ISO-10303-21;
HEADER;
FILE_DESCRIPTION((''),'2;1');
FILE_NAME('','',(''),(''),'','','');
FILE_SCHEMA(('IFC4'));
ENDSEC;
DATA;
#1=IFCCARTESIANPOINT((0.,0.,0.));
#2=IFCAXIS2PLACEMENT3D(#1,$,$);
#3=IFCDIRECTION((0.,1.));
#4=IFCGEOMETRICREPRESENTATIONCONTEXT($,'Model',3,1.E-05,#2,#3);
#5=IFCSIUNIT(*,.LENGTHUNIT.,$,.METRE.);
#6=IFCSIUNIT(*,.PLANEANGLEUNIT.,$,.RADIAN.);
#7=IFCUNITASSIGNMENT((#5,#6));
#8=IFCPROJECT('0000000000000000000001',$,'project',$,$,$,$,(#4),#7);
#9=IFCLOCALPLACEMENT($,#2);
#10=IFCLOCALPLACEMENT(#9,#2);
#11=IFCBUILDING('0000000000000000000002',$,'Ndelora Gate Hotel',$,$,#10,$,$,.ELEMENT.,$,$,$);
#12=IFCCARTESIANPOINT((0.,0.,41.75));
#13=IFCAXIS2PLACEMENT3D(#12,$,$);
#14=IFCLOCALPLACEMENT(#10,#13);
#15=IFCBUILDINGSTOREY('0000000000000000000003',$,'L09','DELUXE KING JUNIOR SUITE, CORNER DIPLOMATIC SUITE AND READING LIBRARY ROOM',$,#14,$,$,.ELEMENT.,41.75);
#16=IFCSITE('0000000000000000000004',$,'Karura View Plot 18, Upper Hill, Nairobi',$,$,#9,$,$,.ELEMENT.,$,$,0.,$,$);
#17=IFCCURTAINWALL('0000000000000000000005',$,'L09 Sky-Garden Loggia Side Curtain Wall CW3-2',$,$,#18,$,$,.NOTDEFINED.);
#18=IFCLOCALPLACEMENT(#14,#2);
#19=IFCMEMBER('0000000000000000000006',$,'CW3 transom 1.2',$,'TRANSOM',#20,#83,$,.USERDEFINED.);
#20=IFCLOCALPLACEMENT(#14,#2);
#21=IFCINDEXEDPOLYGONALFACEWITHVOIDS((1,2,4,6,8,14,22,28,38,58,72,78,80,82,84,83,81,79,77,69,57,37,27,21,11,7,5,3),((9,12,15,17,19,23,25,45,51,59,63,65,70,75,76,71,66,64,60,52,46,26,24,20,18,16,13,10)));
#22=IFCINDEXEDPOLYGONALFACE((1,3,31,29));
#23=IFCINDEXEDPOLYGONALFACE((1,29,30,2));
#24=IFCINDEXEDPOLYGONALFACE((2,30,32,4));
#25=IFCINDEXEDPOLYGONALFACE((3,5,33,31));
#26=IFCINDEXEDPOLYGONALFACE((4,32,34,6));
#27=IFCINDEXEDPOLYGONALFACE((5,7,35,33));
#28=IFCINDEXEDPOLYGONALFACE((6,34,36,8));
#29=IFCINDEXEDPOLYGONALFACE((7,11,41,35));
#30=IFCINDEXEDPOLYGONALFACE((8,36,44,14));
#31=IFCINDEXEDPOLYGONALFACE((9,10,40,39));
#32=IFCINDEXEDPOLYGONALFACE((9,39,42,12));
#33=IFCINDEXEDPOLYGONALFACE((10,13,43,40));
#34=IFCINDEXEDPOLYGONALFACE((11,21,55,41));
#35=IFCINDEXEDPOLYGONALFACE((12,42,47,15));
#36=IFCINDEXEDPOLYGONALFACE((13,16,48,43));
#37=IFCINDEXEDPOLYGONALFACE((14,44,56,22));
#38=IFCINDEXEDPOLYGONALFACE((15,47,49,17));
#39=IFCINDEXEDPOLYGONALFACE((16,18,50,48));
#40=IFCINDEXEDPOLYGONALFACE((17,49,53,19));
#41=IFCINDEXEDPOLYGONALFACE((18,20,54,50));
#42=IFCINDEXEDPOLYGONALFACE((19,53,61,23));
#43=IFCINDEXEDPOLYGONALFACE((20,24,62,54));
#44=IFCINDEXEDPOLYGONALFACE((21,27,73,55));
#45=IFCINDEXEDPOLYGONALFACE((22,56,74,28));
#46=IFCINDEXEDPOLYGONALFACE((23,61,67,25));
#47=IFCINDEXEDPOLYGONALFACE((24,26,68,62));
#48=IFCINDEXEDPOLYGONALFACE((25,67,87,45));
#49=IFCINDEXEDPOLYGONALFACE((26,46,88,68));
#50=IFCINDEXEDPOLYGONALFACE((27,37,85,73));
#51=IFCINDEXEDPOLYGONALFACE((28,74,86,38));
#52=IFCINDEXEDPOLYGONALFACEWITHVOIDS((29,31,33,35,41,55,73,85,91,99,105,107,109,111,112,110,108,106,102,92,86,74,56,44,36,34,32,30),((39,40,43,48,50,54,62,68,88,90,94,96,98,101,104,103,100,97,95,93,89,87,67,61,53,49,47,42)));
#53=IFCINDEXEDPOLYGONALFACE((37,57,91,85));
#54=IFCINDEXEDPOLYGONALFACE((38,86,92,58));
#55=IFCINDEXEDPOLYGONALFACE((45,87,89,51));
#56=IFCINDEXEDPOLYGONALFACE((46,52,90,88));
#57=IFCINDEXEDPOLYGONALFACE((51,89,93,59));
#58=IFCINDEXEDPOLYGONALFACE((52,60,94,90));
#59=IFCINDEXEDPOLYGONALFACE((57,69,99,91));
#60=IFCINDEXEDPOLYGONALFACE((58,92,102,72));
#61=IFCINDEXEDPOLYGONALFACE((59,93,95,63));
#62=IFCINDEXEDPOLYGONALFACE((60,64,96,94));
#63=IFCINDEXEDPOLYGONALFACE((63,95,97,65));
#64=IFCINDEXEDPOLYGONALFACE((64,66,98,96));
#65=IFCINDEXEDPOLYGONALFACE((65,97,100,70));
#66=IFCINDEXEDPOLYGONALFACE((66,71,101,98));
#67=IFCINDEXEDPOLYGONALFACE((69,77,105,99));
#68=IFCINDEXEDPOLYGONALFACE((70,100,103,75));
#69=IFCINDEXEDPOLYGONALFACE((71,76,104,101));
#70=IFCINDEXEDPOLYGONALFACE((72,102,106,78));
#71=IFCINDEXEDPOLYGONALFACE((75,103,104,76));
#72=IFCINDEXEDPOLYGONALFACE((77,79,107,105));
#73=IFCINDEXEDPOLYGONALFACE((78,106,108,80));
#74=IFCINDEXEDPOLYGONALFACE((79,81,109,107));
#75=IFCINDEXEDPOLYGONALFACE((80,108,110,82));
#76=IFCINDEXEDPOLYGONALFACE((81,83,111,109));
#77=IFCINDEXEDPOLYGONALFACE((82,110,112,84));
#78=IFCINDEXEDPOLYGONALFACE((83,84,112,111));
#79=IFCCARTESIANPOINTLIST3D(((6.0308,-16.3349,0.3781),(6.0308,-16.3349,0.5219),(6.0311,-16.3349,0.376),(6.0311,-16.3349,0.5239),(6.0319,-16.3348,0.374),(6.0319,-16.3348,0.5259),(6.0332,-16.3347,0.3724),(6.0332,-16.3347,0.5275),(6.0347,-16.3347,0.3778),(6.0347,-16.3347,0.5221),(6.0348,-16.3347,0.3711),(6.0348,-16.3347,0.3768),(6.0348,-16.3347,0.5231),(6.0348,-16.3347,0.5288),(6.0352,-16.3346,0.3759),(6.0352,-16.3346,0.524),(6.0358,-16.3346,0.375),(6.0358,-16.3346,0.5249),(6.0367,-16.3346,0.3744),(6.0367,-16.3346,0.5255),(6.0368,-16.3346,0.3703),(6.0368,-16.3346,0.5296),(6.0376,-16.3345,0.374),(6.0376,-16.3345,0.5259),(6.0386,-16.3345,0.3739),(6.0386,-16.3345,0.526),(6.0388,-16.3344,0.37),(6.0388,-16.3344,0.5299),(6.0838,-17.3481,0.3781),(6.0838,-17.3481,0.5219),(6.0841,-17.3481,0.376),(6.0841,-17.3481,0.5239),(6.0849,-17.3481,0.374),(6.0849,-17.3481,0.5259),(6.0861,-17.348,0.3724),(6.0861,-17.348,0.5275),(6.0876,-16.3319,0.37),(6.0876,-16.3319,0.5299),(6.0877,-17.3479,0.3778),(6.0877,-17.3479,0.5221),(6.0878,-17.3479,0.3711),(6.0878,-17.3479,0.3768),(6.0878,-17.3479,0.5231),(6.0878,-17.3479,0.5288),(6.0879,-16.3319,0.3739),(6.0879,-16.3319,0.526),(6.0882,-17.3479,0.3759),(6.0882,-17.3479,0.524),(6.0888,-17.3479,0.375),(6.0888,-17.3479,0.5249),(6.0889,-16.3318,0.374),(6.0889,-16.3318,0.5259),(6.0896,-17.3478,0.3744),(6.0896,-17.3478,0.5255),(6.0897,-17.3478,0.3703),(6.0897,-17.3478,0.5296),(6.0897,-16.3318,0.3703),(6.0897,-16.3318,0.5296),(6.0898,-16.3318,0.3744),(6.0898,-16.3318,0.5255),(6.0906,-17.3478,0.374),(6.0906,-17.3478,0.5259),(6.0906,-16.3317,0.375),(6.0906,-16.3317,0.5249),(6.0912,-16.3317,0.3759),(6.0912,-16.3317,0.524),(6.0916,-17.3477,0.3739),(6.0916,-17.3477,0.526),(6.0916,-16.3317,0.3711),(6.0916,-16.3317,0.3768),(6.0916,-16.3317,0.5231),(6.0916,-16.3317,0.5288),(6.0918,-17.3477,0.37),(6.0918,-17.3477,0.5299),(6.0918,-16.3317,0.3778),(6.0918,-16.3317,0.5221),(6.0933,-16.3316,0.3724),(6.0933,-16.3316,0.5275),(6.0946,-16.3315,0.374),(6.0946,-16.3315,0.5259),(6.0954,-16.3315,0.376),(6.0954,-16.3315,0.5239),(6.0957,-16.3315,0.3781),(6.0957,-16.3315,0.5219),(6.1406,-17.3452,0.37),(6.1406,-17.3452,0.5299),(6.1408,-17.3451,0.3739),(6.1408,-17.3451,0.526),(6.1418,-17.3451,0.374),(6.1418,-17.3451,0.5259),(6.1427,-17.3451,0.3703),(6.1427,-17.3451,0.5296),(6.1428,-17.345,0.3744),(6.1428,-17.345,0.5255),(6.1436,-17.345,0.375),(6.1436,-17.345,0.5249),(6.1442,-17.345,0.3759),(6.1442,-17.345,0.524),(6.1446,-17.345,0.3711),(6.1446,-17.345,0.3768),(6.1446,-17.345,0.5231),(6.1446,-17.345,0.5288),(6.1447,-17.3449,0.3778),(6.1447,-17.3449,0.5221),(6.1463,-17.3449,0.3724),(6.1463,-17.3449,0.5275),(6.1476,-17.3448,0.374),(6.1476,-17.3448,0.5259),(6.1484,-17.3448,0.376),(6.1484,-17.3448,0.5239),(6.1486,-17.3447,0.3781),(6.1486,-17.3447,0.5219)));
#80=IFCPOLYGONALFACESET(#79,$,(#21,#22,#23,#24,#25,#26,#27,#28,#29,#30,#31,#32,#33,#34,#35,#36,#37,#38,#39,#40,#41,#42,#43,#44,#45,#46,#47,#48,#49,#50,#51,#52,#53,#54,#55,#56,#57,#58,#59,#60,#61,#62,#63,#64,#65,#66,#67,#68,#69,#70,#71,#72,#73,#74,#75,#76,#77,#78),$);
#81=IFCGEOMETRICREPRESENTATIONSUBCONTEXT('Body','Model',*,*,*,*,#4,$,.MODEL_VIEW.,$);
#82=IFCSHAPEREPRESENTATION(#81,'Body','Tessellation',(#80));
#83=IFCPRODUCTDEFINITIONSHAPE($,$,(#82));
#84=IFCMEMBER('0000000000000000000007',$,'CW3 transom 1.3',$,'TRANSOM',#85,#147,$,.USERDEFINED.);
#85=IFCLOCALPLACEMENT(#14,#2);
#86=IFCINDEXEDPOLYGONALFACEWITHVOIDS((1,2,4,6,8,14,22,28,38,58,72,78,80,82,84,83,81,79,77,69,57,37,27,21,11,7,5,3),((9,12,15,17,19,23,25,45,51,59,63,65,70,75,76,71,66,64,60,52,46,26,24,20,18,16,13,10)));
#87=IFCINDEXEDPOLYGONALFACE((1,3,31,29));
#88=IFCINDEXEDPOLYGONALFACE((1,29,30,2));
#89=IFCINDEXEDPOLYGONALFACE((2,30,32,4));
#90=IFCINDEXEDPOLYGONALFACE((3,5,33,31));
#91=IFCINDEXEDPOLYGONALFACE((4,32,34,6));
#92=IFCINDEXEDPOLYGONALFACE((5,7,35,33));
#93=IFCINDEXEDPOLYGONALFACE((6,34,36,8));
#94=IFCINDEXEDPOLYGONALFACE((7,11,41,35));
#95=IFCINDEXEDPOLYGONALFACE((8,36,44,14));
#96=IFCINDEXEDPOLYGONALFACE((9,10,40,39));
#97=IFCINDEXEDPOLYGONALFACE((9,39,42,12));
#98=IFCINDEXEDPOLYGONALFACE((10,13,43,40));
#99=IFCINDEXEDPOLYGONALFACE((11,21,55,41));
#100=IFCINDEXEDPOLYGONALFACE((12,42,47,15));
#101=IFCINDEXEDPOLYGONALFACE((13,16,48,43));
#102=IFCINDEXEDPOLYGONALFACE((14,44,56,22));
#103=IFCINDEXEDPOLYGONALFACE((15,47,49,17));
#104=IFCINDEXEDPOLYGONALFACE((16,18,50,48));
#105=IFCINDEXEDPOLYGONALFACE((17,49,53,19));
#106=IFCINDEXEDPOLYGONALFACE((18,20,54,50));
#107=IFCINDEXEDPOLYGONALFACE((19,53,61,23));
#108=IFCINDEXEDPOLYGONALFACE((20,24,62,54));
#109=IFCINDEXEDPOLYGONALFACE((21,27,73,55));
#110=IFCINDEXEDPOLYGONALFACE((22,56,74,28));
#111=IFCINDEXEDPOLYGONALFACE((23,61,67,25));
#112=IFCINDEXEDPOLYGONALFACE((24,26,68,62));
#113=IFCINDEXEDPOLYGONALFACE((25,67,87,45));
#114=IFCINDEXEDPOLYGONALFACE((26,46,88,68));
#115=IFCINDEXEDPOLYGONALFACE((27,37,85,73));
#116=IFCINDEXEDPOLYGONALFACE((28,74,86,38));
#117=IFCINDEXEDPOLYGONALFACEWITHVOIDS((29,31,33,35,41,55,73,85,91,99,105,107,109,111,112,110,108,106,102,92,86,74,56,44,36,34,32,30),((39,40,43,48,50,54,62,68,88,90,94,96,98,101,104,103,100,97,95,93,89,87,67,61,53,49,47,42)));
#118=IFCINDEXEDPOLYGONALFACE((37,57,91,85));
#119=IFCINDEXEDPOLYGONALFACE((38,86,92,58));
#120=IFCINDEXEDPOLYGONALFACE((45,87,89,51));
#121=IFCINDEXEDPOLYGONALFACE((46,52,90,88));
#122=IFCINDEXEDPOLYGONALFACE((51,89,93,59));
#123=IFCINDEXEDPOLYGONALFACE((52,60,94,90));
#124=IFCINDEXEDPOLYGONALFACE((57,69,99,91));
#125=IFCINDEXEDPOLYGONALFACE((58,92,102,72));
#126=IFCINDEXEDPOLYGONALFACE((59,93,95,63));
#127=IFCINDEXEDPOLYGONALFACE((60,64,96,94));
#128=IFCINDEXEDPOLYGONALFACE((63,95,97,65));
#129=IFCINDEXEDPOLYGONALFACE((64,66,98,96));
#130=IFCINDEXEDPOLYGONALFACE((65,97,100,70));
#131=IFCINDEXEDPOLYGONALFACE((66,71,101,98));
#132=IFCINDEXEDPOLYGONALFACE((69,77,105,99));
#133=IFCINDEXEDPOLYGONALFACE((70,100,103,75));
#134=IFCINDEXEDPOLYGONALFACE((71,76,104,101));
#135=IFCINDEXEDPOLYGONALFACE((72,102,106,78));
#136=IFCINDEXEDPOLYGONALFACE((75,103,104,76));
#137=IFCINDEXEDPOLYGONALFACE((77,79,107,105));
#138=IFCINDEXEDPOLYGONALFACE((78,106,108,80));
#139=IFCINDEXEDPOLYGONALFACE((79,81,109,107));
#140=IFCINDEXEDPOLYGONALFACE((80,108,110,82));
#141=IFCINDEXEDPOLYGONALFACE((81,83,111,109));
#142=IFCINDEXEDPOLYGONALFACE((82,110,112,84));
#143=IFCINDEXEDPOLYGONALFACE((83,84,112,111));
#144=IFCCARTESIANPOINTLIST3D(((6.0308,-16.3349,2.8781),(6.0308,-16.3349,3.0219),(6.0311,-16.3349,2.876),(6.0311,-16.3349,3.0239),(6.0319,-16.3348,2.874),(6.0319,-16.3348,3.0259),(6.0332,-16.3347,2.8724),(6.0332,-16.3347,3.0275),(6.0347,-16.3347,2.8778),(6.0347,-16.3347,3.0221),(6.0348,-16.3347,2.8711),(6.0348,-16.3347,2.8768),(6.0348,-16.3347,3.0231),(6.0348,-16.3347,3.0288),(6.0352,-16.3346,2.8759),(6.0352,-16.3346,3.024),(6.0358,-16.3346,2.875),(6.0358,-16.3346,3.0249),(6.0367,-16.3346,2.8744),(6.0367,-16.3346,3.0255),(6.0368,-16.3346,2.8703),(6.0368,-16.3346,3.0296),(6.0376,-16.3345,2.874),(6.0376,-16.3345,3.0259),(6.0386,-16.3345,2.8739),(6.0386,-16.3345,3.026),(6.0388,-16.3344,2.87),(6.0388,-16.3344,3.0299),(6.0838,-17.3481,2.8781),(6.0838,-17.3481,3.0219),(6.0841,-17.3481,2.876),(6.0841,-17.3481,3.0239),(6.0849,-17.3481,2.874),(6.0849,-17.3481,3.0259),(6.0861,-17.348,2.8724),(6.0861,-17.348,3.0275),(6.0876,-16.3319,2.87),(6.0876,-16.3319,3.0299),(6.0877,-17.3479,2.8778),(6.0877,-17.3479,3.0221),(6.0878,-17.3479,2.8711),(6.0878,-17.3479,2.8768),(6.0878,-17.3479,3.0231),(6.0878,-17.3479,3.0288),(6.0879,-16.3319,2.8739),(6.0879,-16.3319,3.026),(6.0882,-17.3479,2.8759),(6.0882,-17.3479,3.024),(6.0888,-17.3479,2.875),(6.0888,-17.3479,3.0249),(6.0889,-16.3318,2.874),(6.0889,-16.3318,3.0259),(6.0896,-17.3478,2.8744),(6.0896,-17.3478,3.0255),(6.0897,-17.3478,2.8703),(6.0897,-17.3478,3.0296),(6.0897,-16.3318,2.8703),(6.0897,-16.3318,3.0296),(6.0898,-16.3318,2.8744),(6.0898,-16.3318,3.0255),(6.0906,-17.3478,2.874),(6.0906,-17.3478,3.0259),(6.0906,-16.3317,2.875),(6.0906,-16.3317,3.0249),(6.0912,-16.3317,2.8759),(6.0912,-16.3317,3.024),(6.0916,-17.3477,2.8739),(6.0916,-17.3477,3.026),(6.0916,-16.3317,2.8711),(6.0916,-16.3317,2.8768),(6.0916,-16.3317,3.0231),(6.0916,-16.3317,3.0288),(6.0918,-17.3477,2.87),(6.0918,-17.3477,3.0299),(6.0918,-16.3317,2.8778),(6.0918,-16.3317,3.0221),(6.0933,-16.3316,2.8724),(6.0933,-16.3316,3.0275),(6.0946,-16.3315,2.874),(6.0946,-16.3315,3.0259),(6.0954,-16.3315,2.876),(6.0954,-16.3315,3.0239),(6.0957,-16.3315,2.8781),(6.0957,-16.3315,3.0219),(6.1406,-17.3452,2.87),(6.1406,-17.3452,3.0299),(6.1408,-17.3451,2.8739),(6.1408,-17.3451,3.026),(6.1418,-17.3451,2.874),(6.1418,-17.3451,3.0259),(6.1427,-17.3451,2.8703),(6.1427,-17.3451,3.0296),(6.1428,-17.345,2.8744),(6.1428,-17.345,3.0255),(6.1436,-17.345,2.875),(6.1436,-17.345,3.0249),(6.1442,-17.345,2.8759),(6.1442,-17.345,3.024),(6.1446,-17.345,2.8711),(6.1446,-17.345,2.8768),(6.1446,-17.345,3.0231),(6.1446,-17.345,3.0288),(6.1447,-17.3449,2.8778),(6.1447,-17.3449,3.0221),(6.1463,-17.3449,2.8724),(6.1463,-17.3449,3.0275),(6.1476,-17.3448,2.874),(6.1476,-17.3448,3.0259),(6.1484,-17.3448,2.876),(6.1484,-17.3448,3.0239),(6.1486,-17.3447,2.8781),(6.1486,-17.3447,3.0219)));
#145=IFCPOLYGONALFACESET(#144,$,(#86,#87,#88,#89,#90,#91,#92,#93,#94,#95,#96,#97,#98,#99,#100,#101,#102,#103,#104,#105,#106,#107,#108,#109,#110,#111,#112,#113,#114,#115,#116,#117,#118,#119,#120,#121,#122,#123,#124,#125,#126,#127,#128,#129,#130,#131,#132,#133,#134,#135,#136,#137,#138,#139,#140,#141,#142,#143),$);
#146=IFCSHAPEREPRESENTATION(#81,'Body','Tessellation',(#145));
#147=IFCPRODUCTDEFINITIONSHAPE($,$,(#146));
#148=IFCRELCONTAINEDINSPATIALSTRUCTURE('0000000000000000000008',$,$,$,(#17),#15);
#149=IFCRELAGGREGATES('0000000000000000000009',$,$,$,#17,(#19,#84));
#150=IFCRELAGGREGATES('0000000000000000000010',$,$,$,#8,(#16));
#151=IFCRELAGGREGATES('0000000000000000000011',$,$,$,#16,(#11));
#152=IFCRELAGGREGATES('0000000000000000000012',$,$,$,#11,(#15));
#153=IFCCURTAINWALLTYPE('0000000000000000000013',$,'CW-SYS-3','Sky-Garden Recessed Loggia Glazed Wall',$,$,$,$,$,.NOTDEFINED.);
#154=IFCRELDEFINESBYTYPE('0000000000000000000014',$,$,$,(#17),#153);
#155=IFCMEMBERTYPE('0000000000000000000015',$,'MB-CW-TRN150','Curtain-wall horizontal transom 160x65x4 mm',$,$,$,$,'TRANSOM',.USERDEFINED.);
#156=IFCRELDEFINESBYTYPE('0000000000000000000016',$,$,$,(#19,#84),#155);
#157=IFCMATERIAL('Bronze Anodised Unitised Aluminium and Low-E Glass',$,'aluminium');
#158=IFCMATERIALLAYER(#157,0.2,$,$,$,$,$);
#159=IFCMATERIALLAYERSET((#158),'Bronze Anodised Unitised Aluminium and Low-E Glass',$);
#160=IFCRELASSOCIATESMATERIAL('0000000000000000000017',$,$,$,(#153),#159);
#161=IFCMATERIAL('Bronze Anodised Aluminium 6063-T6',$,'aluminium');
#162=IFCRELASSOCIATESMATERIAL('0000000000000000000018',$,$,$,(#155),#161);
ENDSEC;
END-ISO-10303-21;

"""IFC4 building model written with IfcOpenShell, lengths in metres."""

from ifc_helpers import new_model, si_unit, direction, frame, origin, origin_2d, place, context, subcontext, project, spatial, hollow_rectangle, extrude, material, layer, layer_set, material_profile, profile_set, type_object, element, aggregate, save


model = new_model("IFC4")

# Units and contexts
model_context = context("Model", 3, precision=1e-05, world=origin(), true_north=direction((0.0, 1.0)))
body_context = subcontext(model_context, "Body", "Model", "MODEL_VIEW")
ifc_project = project(units=[si_unit("LENGTHUNIT", "METRE"), si_unit("PLANEANGLEUNIT", "RADIAN")], contexts=[model_context])

# Site, building, storey
site_placement = place(None, origin())
site = spatial("IfcSite", under=ifc_project, at=site_placement, Name="Karura View Plot 18, Upper Hill, Nairobi", CompositionType="ELEMENT", RefElevation=0.0)
building_placement = place(site_placement, origin())
building = spatial("IfcBuilding", under=site, at=building_placement, Name="Ndelora Gate Hotel", CompositionType="ELEMENT")
storey_placement = place(building_placement, frame((0.0, 0.0, 41.75)))
storey = spatial("IfcBuildingStorey", under=building, at=storey_placement, Name="L09", Description="DELUXE KING JUNIOR SUITE, CORNER DIPLOMATIC SUITE AND READING LIBRARY ROOM", CompositionType="ELEMENT", Elevation=41.75)

# Curtain wall, members
ifc_material_1 = material(Name="Bronze Anodised Unitised Aluminium and Low-E Glass", Category="aluminium")
ifc_layer_1 = layer(ifc_material_1, 0.2)
ifc_layer_set_1 = layer_set([ifc_layer_1], Name="Bronze Anodised Unitised Aluminium and Low-E Glass")
curtain_wall_type = type_object("IfcCurtainWallType", Name="CW-SYS-3", Description="Sky-Garden Recessed Loggia Glazed Wall", PredefinedType="NOTDEFINED", material=ifc_layer_set_1)
curtain_wall_placement = place(storey_placement, origin())
curtain_wall = element("IfcCurtainWall", 1, at=curtain_wall_placement, inside=storey, type_object=curtain_wall_type, Name="L09 Sky-Garden Loggia Side Curtain Wall CW3-2", PredefinedType="NOTDEFINED")
ifc_material_2 = material(Name="Bronze Anodised Aluminium 6063-T6", Category="aluminium")
ifc_material_profile_1 = material_profile(ifc_material_2, hollow_rectangle(XDim=0.0649, YDim=0.1599, WallThickness=0.0039, InnerFilletRadius=0.0039, OuterFilletRadius=0.0081, at=origin_2d()), Name="ALU 160x65x4")
ifc_profile_set_1 = profile_set([ifc_material_profile_1], Name="Bronze Anodised Aluminium 6063-T6")
member_type_1 = type_object("IfcMemberType", Name="MB-CW-TRN150", Description="Curtain-wall horizontal transom 160x65x4 mm", ElementType="TRANSOM", PredefinedType="USERDEFINED", material=ifc_profile_set_1)
member_1_placement = place(storey_placement, frame((6.1162, -17.3464, 0.45), z_axis=(-0.052218, 0.998636, 0.0), x_axis=(-0.998636, -0.052218, 0.0)))
member_1 = element("IfcMember", 2, at=member_1_placement, type_object=member_type_1, Name="CW3 transom 1.2", ObjectType="TRANSOM", PredefinedType="USERDEFINED", context=body_context, shape_type="SweptSolid", body=[
    extrude(hollow_rectangle(XDim=0.0649, YDim=0.1599, WallThickness=0.0039, InnerFilletRadius=0.0039, OuterFilletRadius=0.0081, at=origin_2d()), origin(), (0.0, 0.0, 1.0), 1.0146),
])
member_2_placement = place(storey_placement, frame((6.1162, -17.3464, 2.95), z_axis=(-0.052218, 0.998636, 0.0), x_axis=(-0.998636, -0.052218, 0.0)))
member_2 = element("IfcMember", 3, at=member_2_placement, type_object=member_type_1, Name="CW3 transom 1.3", ObjectType="TRANSOM", PredefinedType="USERDEFINED", context=body_context, shape_type="SweptSolid", body=[
    extrude(hollow_rectangle(XDim=0.0649, YDim=0.1599, WallThickness=0.0039, InnerFilletRadius=0.0039, OuterFilletRadius=0.0081, at=origin_2d()), origin(), (0.0, 0.0, 1.0), 1.0146),
])
aggregate(curtain_wall, [member_1, member_2])

save(model, "model.ifc")
